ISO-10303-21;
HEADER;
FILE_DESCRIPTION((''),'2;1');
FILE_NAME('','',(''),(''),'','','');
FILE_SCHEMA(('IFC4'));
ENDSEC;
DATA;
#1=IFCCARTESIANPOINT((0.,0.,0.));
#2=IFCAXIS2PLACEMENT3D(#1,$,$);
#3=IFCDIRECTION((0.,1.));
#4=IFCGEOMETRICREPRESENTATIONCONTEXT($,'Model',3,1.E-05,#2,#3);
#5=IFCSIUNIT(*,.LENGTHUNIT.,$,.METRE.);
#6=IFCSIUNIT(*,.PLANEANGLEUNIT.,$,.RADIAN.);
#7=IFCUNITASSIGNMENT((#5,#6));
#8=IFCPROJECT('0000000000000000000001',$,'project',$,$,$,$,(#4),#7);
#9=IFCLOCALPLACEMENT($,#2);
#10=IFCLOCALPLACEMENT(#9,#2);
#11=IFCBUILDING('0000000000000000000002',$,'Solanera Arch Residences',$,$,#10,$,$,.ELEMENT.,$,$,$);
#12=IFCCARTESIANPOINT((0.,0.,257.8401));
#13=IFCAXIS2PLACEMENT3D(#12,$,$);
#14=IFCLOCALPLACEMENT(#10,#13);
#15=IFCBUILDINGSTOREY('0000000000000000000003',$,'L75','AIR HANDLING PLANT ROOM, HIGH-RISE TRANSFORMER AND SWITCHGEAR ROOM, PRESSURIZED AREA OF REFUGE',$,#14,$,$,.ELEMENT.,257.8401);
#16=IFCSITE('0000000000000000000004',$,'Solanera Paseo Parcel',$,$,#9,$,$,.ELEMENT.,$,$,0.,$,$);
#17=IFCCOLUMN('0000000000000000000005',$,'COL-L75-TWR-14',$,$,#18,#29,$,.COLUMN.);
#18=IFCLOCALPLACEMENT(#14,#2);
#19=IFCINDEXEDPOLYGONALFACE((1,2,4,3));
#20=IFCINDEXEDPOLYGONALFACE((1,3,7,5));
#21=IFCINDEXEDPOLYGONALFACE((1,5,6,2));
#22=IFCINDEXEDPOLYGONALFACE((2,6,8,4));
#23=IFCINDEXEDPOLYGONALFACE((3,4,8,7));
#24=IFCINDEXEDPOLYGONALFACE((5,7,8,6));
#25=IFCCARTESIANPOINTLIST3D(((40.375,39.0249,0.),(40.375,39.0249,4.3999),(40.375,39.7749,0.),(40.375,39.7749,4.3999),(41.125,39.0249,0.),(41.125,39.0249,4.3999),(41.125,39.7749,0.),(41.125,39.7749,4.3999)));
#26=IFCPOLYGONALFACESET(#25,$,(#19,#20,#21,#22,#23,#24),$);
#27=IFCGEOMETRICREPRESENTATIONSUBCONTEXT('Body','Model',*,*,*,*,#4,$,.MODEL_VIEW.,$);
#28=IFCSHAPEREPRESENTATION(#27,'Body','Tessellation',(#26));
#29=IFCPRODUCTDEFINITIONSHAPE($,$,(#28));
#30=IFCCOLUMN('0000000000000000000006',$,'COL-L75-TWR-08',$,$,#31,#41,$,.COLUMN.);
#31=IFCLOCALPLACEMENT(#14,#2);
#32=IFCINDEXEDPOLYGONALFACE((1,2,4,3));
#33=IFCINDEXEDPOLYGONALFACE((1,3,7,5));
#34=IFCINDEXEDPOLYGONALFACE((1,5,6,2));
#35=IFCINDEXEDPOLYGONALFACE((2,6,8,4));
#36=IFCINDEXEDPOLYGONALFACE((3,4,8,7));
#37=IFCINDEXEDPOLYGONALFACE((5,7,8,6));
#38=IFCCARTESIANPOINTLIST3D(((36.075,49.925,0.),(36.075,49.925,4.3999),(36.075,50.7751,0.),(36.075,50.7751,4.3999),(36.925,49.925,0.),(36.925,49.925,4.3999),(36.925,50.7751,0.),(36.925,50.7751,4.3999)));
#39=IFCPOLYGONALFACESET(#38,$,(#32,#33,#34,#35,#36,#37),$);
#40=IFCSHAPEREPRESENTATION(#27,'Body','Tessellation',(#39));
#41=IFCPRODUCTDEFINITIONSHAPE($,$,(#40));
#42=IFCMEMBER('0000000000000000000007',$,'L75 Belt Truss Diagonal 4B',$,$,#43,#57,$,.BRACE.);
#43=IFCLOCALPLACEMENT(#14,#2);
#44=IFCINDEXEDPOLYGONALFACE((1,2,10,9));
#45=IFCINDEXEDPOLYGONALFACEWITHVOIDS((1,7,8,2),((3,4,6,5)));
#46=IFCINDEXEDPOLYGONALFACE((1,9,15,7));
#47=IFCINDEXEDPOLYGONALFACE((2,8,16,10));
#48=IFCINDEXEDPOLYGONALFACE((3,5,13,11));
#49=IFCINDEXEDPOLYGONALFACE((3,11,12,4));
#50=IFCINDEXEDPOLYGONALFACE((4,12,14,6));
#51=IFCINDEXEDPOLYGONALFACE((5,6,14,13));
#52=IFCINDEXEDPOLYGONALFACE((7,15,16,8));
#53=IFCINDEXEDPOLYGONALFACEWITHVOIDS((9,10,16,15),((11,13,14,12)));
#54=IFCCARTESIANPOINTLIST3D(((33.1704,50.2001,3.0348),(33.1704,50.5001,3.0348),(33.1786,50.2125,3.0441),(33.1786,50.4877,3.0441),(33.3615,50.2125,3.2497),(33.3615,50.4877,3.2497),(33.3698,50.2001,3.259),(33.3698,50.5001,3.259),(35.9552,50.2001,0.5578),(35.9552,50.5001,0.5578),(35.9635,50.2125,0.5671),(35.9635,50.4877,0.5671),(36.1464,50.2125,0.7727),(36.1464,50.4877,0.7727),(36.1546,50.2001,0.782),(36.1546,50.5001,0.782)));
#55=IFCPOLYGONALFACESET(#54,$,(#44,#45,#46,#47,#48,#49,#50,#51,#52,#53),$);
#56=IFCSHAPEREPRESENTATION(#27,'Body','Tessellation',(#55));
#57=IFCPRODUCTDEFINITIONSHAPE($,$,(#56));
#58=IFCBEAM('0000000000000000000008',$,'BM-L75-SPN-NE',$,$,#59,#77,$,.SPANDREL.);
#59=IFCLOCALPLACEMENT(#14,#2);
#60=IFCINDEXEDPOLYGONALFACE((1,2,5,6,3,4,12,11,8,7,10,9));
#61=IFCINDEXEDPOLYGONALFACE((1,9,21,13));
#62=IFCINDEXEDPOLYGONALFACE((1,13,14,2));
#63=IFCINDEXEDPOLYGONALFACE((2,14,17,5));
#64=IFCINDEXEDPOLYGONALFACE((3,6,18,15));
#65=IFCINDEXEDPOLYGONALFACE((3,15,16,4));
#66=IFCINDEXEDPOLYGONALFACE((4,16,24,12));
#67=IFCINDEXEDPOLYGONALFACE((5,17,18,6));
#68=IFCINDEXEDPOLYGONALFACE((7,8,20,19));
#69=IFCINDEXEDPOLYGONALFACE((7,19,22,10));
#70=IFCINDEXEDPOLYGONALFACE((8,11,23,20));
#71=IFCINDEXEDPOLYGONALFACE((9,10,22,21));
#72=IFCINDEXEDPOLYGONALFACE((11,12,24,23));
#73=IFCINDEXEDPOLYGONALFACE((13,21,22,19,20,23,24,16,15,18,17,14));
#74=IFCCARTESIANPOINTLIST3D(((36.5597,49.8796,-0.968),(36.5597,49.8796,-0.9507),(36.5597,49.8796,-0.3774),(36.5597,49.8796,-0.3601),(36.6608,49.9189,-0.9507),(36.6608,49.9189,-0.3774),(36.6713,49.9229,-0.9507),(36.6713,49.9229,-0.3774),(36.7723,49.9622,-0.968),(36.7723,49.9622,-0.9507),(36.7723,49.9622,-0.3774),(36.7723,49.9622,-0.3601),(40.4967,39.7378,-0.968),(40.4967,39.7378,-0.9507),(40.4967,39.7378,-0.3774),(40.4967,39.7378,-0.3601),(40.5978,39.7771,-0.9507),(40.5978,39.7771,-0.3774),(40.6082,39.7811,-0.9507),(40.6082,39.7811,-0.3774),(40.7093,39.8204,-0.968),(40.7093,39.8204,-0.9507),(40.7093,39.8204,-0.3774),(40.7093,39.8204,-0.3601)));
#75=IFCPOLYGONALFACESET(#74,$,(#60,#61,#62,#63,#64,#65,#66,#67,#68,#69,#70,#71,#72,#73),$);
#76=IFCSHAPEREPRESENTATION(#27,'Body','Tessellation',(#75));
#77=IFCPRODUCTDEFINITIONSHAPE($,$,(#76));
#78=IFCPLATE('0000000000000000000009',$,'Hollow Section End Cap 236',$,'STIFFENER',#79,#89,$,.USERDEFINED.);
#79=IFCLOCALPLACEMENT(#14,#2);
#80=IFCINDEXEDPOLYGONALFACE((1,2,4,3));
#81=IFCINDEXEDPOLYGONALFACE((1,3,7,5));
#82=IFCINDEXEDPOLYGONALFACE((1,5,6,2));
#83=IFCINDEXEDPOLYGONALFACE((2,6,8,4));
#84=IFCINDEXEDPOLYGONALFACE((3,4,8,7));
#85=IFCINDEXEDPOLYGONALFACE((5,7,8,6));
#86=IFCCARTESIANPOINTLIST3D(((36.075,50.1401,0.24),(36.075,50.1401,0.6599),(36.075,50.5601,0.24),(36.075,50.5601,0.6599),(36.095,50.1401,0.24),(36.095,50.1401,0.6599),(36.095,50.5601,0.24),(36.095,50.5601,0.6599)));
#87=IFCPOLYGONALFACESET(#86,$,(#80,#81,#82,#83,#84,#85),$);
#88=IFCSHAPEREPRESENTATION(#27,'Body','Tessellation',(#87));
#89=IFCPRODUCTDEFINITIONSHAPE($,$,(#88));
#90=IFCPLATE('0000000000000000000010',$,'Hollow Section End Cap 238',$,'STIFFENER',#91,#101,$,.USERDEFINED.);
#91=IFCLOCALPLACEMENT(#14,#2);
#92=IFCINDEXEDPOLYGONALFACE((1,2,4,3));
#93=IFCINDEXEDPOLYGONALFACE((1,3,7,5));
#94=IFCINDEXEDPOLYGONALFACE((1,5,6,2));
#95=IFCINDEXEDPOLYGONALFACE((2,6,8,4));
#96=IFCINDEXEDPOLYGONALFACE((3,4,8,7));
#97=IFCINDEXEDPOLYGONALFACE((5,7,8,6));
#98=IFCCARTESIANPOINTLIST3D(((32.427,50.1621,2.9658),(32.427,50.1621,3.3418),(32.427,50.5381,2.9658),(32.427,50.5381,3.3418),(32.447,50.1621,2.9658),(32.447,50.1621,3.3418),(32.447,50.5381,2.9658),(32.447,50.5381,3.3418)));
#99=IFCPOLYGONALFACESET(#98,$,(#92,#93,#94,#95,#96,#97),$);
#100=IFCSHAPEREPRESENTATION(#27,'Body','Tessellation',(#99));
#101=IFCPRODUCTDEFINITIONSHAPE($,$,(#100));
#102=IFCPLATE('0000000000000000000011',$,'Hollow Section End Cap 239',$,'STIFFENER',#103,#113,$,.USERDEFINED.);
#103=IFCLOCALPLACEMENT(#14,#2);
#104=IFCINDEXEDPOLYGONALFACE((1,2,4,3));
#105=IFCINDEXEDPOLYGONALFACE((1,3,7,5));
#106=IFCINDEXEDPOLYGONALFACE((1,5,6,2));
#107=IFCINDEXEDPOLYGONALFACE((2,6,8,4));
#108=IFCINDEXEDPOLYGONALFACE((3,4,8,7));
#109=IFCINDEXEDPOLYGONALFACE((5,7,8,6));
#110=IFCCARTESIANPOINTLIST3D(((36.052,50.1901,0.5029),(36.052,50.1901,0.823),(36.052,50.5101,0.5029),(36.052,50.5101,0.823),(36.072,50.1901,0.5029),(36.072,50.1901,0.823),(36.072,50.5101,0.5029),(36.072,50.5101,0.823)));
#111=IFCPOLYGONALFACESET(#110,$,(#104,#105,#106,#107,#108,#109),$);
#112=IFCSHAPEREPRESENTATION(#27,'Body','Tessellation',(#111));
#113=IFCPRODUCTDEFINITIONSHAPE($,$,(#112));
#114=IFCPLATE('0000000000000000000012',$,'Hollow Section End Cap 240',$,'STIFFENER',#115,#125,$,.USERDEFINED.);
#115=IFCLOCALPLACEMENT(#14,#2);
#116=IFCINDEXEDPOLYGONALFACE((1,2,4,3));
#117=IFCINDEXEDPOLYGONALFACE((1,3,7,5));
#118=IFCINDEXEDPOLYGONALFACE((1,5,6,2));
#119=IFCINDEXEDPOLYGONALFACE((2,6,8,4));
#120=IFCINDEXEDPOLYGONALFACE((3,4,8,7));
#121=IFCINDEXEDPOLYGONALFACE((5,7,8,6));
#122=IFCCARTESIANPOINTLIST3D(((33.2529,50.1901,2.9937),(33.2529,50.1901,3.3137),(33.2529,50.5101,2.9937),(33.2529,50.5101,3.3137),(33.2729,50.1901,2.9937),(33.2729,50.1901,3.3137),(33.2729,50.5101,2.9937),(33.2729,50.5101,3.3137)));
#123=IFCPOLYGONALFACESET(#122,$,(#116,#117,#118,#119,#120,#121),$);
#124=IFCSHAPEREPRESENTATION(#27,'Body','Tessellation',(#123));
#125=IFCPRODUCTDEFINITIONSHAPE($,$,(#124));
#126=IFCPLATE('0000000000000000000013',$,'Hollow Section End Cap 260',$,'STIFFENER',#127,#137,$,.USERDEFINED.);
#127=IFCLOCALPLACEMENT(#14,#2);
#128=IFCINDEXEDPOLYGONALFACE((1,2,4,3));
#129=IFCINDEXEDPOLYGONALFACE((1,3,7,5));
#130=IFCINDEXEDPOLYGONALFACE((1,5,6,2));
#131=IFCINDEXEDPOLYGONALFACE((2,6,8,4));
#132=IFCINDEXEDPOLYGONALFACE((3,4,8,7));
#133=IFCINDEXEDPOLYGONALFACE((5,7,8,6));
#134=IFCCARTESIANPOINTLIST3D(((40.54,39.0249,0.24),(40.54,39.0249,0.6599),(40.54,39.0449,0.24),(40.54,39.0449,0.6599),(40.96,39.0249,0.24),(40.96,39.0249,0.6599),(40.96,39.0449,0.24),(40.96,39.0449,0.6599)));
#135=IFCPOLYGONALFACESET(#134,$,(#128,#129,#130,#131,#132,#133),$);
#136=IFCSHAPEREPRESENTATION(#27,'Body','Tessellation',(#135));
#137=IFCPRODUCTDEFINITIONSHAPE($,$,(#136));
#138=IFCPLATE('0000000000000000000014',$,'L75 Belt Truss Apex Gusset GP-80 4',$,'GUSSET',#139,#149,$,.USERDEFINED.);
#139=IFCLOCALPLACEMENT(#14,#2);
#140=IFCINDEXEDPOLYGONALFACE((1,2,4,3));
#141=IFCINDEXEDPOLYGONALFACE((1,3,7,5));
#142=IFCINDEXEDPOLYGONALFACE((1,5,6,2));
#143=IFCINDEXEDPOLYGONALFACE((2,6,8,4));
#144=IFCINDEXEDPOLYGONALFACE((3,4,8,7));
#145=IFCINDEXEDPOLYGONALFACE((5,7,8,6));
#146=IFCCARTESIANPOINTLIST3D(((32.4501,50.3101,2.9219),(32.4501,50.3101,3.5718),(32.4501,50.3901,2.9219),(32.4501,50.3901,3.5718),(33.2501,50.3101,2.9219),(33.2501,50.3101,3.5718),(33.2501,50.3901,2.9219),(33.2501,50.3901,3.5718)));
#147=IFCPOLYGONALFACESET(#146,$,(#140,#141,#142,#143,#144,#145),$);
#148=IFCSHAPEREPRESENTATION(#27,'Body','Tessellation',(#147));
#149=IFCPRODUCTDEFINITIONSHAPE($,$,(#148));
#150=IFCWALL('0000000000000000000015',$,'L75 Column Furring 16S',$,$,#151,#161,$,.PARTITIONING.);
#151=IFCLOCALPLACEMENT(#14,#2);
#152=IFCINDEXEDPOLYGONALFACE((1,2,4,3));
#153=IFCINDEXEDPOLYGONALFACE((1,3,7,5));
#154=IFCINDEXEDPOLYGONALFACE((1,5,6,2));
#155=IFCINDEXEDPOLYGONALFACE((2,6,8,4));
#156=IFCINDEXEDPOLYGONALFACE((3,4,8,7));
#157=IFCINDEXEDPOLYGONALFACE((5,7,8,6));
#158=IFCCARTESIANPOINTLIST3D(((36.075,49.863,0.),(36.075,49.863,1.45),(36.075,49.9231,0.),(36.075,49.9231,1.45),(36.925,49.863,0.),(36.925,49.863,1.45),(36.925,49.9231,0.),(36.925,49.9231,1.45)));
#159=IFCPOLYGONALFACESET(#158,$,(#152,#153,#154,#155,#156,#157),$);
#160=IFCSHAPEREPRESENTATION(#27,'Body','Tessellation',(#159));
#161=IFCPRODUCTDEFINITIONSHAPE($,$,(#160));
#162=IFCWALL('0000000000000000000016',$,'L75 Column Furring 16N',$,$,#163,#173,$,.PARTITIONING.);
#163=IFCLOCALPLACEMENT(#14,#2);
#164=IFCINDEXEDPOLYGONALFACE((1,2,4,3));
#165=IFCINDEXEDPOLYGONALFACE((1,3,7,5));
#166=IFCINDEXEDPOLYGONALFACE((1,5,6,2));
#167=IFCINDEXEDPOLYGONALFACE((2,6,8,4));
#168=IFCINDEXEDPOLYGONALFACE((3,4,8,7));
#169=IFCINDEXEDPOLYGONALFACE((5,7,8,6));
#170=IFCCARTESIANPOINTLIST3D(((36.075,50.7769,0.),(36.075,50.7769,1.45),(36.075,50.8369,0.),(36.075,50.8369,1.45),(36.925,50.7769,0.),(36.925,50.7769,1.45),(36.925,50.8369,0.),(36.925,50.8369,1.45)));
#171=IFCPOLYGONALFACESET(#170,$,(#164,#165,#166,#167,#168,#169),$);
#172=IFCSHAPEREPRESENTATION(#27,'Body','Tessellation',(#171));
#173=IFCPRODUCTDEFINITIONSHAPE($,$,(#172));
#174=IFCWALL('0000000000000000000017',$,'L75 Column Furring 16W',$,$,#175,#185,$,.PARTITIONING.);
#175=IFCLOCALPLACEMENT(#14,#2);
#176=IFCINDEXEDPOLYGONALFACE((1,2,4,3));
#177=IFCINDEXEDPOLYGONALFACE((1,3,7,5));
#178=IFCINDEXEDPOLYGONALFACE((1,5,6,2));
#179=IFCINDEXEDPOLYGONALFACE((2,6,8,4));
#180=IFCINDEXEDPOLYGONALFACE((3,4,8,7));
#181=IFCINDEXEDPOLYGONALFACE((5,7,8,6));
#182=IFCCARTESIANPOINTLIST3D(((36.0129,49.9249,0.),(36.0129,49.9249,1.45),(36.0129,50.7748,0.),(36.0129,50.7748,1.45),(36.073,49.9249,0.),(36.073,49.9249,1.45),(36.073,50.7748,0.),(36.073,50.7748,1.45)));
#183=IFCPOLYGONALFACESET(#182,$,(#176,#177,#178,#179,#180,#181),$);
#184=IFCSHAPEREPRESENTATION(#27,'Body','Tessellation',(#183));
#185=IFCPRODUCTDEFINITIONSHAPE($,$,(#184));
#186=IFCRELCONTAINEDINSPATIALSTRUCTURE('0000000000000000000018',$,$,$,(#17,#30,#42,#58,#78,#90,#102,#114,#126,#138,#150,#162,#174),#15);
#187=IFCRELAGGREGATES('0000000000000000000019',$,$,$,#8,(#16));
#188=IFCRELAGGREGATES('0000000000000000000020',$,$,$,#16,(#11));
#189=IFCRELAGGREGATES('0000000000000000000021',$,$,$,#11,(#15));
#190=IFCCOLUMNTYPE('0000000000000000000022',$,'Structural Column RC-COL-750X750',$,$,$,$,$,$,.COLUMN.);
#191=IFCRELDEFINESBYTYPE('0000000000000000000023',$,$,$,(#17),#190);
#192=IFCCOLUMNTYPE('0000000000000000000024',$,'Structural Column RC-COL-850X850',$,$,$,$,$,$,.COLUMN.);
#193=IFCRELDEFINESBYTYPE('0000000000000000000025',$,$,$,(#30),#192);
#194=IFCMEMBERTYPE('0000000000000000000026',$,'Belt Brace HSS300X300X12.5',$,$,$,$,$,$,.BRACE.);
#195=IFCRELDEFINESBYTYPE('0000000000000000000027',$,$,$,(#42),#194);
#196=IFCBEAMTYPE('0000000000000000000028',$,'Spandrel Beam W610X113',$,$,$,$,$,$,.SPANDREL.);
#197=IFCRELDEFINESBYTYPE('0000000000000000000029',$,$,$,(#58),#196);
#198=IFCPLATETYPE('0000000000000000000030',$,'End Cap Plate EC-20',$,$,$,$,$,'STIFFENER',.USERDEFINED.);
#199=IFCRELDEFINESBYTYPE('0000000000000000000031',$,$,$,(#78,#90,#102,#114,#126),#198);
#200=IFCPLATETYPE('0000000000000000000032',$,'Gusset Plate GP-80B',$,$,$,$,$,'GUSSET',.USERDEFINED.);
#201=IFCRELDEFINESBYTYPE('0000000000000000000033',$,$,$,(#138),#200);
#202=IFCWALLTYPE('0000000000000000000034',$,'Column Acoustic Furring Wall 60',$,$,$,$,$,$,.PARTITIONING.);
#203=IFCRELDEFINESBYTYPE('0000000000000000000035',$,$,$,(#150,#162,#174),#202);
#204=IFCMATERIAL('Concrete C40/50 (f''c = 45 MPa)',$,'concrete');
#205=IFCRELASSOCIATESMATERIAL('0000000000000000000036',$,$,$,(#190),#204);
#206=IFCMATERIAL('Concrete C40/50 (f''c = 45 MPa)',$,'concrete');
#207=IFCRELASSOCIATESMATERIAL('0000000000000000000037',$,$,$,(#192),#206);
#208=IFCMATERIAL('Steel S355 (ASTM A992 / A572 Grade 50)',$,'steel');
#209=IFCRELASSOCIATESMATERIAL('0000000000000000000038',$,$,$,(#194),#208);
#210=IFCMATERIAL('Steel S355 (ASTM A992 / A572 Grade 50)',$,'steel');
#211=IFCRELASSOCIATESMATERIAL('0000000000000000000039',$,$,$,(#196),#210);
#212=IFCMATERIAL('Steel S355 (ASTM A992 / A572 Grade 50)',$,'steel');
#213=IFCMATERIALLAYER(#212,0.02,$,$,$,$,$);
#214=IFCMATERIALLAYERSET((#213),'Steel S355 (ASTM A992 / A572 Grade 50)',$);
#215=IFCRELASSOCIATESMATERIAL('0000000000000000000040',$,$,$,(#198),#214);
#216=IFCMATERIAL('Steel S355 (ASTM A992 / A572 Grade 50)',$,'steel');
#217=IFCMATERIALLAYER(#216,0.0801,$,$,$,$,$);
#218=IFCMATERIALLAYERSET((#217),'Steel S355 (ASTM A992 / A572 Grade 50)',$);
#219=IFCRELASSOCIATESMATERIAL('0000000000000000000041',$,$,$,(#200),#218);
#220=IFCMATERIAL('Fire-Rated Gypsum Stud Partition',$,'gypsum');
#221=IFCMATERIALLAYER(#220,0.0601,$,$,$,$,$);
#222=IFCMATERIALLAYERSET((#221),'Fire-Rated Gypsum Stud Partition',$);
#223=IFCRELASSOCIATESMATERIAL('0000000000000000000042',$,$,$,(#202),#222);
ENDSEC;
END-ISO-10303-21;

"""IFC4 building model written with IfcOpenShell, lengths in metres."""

from ifc_helpers import new_model, si_unit, direction, frame, frame_2d, origin, origin_2d, place, context, subcontext, project, spatial, rectangle, hollow_rectangle, i_section, extrude, material, layer, layer_set, material_profile, profile_set, type_object, element, save


model = new_model("IFC4")

# Units and contexts
model_context = context("Model", 3, precision=1e-05, world=origin(), true_north=direction((0.0, 1.0)))
body_context = subcontext(model_context, "Body", "Model", "MODEL_VIEW")
ifc_project = project(units=[si_unit("LENGTHUNIT", "METRE"), si_unit("PLANEANGLEUNIT", "RADIAN")], contexts=[model_context])

# Site, building, storey
site_placement = place(None, origin())
site = spatial("IfcSite", under=ifc_project, at=site_placement, Name="Solanera Paseo Parcel", CompositionType="ELEMENT", RefElevation=0.0)
building_placement = place(site_placement, origin())
building = spatial("IfcBuilding", under=site, at=building_placement, Name="Solanera Arch Residences", CompositionType="ELEMENT")
storey_placement = place(building_placement, frame((0.0, 0.0, 257.8401)))
storey = spatial("IfcBuildingStorey", under=building, at=storey_placement, Name="L75", Description="AIR HANDLING PLANT ROOM, HIGH-RISE TRANSFORMER AND SWITCHGEAR ROOM, PRESSURIZED AREA OF REFUGE", CompositionType="ELEMENT", Elevation=257.8401)

# Columns
ifc_material_1 = material(Name="Concrete C40/50 (f'c = 45 MPa)", Category="concrete")
ifc_material_profile_1 = material_profile(ifc_material_1, rectangle(XDim=0.75, YDim=0.75, at=origin_2d()))
ifc_profile_set_1 = profile_set([ifc_material_profile_1], Name="Concrete C40/50 (f'c = 45 MPa)")
column_type_1 = type_object("IfcColumnType", Name="Structural Column RC-COL-750X750", PredefinedType="COLUMN", material=ifc_profile_set_1)
column_1_placement = place(storey_placement, frame((40.75, 39.3999, 0.0), z_axis=(0.0, 0.0, 1.0), x_axis=(1.0, 0.0, 0.0)))
element("IfcColumn", 1, at=column_1_placement, inside=storey, type_object=column_type_1, Name="COL-L75-TWR-14", PredefinedType="COLUMN", context=body_context, shape_type="SweptSolid", body=[
    extrude(rectangle(XDim=0.75, YDim=0.75, at=origin_2d()), origin(), (0.0, 0.0, 1.0), 4.3999),
])
ifc_material_2 = material(Name="Concrete C40/50 (f'c = 45 MPa)", Category="concrete")
ifc_material_profile_2 = material_profile(ifc_material_2, rectangle(XDim=0.8501, YDim=0.8501, at=origin_2d()))
ifc_profile_set_2 = profile_set([ifc_material_profile_2], Name="Concrete C40/50 (f'c = 45 MPa)")
column_type_2 = type_object("IfcColumnType", Name="Structural Column RC-COL-850X850", PredefinedType="COLUMN", material=ifc_profile_set_2)
column_2_placement = place(storey_placement, frame((36.5, 50.3501, 0.0), z_axis=(0.0, 0.0, 1.0), x_axis=(1.0, 0.0, 0.0)))
element("IfcColumn", 2, at=column_2_placement, inside=storey, type_object=column_type_2, Name="COL-L75-TWR-08", PredefinedType="COLUMN", context=body_context, shape_type="SweptSolid", body=[
    extrude(rectangle(XDim=0.8501, YDim=0.8501, at=origin_2d()), origin(), (0.0, 0.0, 1.0), 4.3999),
])

# Member
ifc_material_3 = material(Name="Steel S355 (ASTM A992 / A572 Grade 50)", Category="steel")
ifc_material_profile_3 = material_profile(ifc_material_3, hollow_rectangle(XDim=0.3, YDim=0.3, WallThickness=0.0125, at=origin_2d()))
ifc_profile_set_3 = profile_set([ifc_material_profile_3], Name="Steel S355 (ASTM A992 / A572 Grade 50)")
member_type = type_object("IfcMemberType", Name="Belt Brace HSS300X300X12.5", PredefinedType="BRACE", material=ifc_profile_set_3)
member_placement = place(storey_placement, frame((36.0549, 50.3501, 0.6699), z_axis=(-0.7472, 0.0, 0.6646), x_axis=(0.0, -1.0, 0.0)))
element("IfcMember", 3, at=member_placement, inside=storey, type_object=member_type, Name="L75 Belt Truss Diagonal 4B", PredefinedType="BRACE", context=body_context, shape_type="SweptSolid", body=[
    extrude(hollow_rectangle(XDim=0.3, YDim=0.3, WallThickness=0.0125, at=origin_2d()), origin(), (0.0, 0.0, 1.0), 3.7271),
])

# Beam
ifc_material_4 = material(Name="Steel S355 (ASTM A992 / A572 Grade 50)", Category="steel")
ifc_material_profile_4 = material_profile(ifc_material_4, i_section(OverallWidth=0.228, OverallDepth=0.6079, WebThickness=0.0112, FlangeThickness=0.0173, at=origin_2d()))
ifc_profile_set_4 = profile_set([ifc_material_profile_4], Name="Steel S355 (ASTM A992 / A572 Grade 50)")
beam_type = type_object("IfcBeamType", Name="Spandrel Beam W610X113", PredefinedType="SPANDREL", material=ifc_profile_set_4)
beam_placement = place(storey_placement, frame((36.666, 49.9209, -0.6641), z_axis=(0.361884, -0.932223, 0.0), x_axis=(0.932223, 0.361884, 0.0)))
element("IfcBeam", 4, at=beam_placement, inside=storey, type_object=beam_type, Name="BM-L75-SPN-NE", PredefinedType="SPANDREL", context=body_context, shape_type="SweptSolid", body=[
    extrude(i_section(OverallWidth=0.228, OverallDepth=0.6079, WebThickness=0.0112, FlangeThickness=0.0173, at=origin_2d()), origin(), (0.0, 0.0, 1.0), 10.8792),
])

# Plates
ifc_material_5 = material(Name="Steel S355 (ASTM A992 / A572 Grade 50)", Category="steel")
ifc_layer_1 = layer(ifc_material_5, 0.02)
ifc_layer_set_1 = layer_set([ifc_layer_1], Name="Steel S355 (ASTM A992 / A572 Grade 50)")
plate_type_1 = type_object("IfcPlateType", Name="End Cap Plate EC-20", ElementType="STIFFENER", PredefinedType="USERDEFINED", material=ifc_layer_set_1)
plate_1_placement = place(storey_placement, frame((36.085, 50.3501, 0.24), z_axis=(0.0, 0.0, 1.0), x_axis=(1.0, 0.0, 0.0)))
element("IfcPlate", 5, at=plate_1_placement, inside=storey, type_object=plate_type_1, Name="Hollow Section End Cap 236", ObjectType="STIFFENER", PredefinedType="USERDEFINED", context=body_context, shape_type="SweptSolid", body=[
    extrude(rectangle(XDim=0.02, YDim=0.4199, at=origin_2d()), origin(), (0.0, 0.0, 1.0), 0.4199),
])
plate_2_placement = place(storey_placement, frame((32.437, 50.3501, 2.9658), z_axis=(0.0, 0.0, 1.0), x_axis=(1.0, 0.0, 0.0)))
element("IfcPlate", 6, at=plate_2_placement, inside=storey, type_object=plate_type_1, Name="Hollow Section End Cap 238", ObjectType="STIFFENER", PredefinedType="USERDEFINED", context=body_context, shape_type="SweptSolid", body=[
    extrude(rectangle(XDim=0.02, YDim=0.376, at=origin_2d()), origin(), (0.0, 0.0, 1.0), 0.376),
])
for number, where, z_axis, x_axis, name in (
    (7, (36.062, 50.3501, 0.5029), (0.0, 0.0, 1.0), (1.0, 0.0, 0.0), "Hollow Section End Cap 239"),
    (8, (33.2629, 50.3501, 2.9937), (0.0, 0.0, 1.0), (-1.0, 0.0, 0.0), "Hollow Section End Cap 240"),
):
    element("IfcPlate", number, at=place(storey_placement, frame(where, z_axis=z_axis, x_axis=x_axis)), inside=storey, type_object=plate_type_1, Name=name, ObjectType="STIFFENER", PredefinedType="USERDEFINED", context=body_context, shape_type="SweptSolid", body=[
        extrude(rectangle(XDim=0.02, YDim=0.3201, at=origin_2d()), origin(), (0.0, 0.0, 1.0), 0.3201),
    ])
plate_3_placement = place(storey_placement, frame((40.75, 39.0349, 0.24), z_axis=(0.0, 0.0, 1.0), x_axis=(0.0, 1.0, 0.0)))
element("IfcPlate", 9, at=plate_3_placement, inside=storey, type_object=plate_type_1, Name="Hollow Section End Cap 260", ObjectType="STIFFENER", PredefinedType="USERDEFINED", context=body_context, shape_type="SweptSolid", body=[
    extrude(rectangle(XDim=0.02, YDim=0.4199, at=origin_2d()), origin(), (0.0, 0.0, 1.0), 0.4199),
])
ifc_material_6 = material(Name="Steel S355 (ASTM A992 / A572 Grade 50)", Category="steel")
ifc_layer_2 = layer(ifc_material_6, 0.0801)
ifc_layer_set_2 = layer_set([ifc_layer_2], Name="Steel S355 (ASTM A992 / A572 Grade 50)")
plate_type_2 = type_object("IfcPlateType", Name="Gusset Plate GP-80B", ElementType="GUSSET", PredefinedType="USERDEFINED", material=ifc_layer_set_2)
plate_4_placement = place(storey_placement, frame((32.8501, 50.3501, 2.9219), z_axis=(0.0, 0.0, 1.0), x_axis=(1.0, 0.0, 0.0)))
element("IfcPlate", 10, at=plate_4_placement, inside=storey, type_object=plate_type_2, Name="L75 Belt Truss Apex Gusset GP-80 4", ObjectType="GUSSET", PredefinedType="USERDEFINED", context=body_context, shape_type="SweptSolid", body=[
    extrude(rectangle(XDim=0.8, YDim=0.0801, at=origin_2d()), origin(), (0.0, 0.0, 1.0), 0.6499),
])

# Walls
ifc_material_7 = material(Name="Fire-Rated Gypsum Stud Partition", Category="gypsum")
ifc_layer_3 = layer(ifc_material_7, 0.0601)
ifc_layer_set_3 = layer_set([ifc_layer_3], Name="Fire-Rated Gypsum Stud Partition")
wall_type_1 = type_object("IfcWallType", Name="Column Acoustic Furring Wall 60", PredefinedType="PARTITIONING", material=ifc_layer_set_3)
for number, where, z_axis, x_axis, name in (
    (11, (36.075, 49.8931, 0.0), (0.0, 0.0, 1.0), (1.0, 0.0, 0.0), "L75 Column Furring 16S"),
    (12, (36.075, 50.8069, 0.0), (0.0, 0.0, 1.0), (1.0, 0.0, 0.0), "L75 Column Furring 16N"),
):
    element("IfcWall", number, at=place(storey_placement, frame(where, z_axis=z_axis, x_axis=x_axis)), inside=storey, type_object=wall_type_1, Name=name, PredefinedType="PARTITIONING", context=body_context, shape_type="SweptSolid", body=[
        extrude(rectangle(XDim=0.8501, YDim=0.0601, at=frame_2d((0.425, 0.0))), origin(), (0.0, 0.0, 1.0), 1.45),
    ])
for number, where, z_axis, x_axis, name in (
    (13, (36.043, 49.925, 0.0), (0.0, 0.0, 1.0), (0.0, 1.0, 0.0), "L75 Column Furring 16W"),
):
    element("IfcWall", number, at=place(storey_placement, frame(where, z_axis=z_axis, x_axis=x_axis)), inside=storey, type_object=wall_type_1, Name=name, PredefinedType="PARTITIONING", context=body_context, shape_type="SweptSolid", body=[
        extrude(rectangle(XDim=0.8499, YDim=0.0601, at=frame_2d((0.4248, 0.0))), origin(), (0.0, 0.0, 1.0), 1.45),
    ])

save(model, "model.ifc")
